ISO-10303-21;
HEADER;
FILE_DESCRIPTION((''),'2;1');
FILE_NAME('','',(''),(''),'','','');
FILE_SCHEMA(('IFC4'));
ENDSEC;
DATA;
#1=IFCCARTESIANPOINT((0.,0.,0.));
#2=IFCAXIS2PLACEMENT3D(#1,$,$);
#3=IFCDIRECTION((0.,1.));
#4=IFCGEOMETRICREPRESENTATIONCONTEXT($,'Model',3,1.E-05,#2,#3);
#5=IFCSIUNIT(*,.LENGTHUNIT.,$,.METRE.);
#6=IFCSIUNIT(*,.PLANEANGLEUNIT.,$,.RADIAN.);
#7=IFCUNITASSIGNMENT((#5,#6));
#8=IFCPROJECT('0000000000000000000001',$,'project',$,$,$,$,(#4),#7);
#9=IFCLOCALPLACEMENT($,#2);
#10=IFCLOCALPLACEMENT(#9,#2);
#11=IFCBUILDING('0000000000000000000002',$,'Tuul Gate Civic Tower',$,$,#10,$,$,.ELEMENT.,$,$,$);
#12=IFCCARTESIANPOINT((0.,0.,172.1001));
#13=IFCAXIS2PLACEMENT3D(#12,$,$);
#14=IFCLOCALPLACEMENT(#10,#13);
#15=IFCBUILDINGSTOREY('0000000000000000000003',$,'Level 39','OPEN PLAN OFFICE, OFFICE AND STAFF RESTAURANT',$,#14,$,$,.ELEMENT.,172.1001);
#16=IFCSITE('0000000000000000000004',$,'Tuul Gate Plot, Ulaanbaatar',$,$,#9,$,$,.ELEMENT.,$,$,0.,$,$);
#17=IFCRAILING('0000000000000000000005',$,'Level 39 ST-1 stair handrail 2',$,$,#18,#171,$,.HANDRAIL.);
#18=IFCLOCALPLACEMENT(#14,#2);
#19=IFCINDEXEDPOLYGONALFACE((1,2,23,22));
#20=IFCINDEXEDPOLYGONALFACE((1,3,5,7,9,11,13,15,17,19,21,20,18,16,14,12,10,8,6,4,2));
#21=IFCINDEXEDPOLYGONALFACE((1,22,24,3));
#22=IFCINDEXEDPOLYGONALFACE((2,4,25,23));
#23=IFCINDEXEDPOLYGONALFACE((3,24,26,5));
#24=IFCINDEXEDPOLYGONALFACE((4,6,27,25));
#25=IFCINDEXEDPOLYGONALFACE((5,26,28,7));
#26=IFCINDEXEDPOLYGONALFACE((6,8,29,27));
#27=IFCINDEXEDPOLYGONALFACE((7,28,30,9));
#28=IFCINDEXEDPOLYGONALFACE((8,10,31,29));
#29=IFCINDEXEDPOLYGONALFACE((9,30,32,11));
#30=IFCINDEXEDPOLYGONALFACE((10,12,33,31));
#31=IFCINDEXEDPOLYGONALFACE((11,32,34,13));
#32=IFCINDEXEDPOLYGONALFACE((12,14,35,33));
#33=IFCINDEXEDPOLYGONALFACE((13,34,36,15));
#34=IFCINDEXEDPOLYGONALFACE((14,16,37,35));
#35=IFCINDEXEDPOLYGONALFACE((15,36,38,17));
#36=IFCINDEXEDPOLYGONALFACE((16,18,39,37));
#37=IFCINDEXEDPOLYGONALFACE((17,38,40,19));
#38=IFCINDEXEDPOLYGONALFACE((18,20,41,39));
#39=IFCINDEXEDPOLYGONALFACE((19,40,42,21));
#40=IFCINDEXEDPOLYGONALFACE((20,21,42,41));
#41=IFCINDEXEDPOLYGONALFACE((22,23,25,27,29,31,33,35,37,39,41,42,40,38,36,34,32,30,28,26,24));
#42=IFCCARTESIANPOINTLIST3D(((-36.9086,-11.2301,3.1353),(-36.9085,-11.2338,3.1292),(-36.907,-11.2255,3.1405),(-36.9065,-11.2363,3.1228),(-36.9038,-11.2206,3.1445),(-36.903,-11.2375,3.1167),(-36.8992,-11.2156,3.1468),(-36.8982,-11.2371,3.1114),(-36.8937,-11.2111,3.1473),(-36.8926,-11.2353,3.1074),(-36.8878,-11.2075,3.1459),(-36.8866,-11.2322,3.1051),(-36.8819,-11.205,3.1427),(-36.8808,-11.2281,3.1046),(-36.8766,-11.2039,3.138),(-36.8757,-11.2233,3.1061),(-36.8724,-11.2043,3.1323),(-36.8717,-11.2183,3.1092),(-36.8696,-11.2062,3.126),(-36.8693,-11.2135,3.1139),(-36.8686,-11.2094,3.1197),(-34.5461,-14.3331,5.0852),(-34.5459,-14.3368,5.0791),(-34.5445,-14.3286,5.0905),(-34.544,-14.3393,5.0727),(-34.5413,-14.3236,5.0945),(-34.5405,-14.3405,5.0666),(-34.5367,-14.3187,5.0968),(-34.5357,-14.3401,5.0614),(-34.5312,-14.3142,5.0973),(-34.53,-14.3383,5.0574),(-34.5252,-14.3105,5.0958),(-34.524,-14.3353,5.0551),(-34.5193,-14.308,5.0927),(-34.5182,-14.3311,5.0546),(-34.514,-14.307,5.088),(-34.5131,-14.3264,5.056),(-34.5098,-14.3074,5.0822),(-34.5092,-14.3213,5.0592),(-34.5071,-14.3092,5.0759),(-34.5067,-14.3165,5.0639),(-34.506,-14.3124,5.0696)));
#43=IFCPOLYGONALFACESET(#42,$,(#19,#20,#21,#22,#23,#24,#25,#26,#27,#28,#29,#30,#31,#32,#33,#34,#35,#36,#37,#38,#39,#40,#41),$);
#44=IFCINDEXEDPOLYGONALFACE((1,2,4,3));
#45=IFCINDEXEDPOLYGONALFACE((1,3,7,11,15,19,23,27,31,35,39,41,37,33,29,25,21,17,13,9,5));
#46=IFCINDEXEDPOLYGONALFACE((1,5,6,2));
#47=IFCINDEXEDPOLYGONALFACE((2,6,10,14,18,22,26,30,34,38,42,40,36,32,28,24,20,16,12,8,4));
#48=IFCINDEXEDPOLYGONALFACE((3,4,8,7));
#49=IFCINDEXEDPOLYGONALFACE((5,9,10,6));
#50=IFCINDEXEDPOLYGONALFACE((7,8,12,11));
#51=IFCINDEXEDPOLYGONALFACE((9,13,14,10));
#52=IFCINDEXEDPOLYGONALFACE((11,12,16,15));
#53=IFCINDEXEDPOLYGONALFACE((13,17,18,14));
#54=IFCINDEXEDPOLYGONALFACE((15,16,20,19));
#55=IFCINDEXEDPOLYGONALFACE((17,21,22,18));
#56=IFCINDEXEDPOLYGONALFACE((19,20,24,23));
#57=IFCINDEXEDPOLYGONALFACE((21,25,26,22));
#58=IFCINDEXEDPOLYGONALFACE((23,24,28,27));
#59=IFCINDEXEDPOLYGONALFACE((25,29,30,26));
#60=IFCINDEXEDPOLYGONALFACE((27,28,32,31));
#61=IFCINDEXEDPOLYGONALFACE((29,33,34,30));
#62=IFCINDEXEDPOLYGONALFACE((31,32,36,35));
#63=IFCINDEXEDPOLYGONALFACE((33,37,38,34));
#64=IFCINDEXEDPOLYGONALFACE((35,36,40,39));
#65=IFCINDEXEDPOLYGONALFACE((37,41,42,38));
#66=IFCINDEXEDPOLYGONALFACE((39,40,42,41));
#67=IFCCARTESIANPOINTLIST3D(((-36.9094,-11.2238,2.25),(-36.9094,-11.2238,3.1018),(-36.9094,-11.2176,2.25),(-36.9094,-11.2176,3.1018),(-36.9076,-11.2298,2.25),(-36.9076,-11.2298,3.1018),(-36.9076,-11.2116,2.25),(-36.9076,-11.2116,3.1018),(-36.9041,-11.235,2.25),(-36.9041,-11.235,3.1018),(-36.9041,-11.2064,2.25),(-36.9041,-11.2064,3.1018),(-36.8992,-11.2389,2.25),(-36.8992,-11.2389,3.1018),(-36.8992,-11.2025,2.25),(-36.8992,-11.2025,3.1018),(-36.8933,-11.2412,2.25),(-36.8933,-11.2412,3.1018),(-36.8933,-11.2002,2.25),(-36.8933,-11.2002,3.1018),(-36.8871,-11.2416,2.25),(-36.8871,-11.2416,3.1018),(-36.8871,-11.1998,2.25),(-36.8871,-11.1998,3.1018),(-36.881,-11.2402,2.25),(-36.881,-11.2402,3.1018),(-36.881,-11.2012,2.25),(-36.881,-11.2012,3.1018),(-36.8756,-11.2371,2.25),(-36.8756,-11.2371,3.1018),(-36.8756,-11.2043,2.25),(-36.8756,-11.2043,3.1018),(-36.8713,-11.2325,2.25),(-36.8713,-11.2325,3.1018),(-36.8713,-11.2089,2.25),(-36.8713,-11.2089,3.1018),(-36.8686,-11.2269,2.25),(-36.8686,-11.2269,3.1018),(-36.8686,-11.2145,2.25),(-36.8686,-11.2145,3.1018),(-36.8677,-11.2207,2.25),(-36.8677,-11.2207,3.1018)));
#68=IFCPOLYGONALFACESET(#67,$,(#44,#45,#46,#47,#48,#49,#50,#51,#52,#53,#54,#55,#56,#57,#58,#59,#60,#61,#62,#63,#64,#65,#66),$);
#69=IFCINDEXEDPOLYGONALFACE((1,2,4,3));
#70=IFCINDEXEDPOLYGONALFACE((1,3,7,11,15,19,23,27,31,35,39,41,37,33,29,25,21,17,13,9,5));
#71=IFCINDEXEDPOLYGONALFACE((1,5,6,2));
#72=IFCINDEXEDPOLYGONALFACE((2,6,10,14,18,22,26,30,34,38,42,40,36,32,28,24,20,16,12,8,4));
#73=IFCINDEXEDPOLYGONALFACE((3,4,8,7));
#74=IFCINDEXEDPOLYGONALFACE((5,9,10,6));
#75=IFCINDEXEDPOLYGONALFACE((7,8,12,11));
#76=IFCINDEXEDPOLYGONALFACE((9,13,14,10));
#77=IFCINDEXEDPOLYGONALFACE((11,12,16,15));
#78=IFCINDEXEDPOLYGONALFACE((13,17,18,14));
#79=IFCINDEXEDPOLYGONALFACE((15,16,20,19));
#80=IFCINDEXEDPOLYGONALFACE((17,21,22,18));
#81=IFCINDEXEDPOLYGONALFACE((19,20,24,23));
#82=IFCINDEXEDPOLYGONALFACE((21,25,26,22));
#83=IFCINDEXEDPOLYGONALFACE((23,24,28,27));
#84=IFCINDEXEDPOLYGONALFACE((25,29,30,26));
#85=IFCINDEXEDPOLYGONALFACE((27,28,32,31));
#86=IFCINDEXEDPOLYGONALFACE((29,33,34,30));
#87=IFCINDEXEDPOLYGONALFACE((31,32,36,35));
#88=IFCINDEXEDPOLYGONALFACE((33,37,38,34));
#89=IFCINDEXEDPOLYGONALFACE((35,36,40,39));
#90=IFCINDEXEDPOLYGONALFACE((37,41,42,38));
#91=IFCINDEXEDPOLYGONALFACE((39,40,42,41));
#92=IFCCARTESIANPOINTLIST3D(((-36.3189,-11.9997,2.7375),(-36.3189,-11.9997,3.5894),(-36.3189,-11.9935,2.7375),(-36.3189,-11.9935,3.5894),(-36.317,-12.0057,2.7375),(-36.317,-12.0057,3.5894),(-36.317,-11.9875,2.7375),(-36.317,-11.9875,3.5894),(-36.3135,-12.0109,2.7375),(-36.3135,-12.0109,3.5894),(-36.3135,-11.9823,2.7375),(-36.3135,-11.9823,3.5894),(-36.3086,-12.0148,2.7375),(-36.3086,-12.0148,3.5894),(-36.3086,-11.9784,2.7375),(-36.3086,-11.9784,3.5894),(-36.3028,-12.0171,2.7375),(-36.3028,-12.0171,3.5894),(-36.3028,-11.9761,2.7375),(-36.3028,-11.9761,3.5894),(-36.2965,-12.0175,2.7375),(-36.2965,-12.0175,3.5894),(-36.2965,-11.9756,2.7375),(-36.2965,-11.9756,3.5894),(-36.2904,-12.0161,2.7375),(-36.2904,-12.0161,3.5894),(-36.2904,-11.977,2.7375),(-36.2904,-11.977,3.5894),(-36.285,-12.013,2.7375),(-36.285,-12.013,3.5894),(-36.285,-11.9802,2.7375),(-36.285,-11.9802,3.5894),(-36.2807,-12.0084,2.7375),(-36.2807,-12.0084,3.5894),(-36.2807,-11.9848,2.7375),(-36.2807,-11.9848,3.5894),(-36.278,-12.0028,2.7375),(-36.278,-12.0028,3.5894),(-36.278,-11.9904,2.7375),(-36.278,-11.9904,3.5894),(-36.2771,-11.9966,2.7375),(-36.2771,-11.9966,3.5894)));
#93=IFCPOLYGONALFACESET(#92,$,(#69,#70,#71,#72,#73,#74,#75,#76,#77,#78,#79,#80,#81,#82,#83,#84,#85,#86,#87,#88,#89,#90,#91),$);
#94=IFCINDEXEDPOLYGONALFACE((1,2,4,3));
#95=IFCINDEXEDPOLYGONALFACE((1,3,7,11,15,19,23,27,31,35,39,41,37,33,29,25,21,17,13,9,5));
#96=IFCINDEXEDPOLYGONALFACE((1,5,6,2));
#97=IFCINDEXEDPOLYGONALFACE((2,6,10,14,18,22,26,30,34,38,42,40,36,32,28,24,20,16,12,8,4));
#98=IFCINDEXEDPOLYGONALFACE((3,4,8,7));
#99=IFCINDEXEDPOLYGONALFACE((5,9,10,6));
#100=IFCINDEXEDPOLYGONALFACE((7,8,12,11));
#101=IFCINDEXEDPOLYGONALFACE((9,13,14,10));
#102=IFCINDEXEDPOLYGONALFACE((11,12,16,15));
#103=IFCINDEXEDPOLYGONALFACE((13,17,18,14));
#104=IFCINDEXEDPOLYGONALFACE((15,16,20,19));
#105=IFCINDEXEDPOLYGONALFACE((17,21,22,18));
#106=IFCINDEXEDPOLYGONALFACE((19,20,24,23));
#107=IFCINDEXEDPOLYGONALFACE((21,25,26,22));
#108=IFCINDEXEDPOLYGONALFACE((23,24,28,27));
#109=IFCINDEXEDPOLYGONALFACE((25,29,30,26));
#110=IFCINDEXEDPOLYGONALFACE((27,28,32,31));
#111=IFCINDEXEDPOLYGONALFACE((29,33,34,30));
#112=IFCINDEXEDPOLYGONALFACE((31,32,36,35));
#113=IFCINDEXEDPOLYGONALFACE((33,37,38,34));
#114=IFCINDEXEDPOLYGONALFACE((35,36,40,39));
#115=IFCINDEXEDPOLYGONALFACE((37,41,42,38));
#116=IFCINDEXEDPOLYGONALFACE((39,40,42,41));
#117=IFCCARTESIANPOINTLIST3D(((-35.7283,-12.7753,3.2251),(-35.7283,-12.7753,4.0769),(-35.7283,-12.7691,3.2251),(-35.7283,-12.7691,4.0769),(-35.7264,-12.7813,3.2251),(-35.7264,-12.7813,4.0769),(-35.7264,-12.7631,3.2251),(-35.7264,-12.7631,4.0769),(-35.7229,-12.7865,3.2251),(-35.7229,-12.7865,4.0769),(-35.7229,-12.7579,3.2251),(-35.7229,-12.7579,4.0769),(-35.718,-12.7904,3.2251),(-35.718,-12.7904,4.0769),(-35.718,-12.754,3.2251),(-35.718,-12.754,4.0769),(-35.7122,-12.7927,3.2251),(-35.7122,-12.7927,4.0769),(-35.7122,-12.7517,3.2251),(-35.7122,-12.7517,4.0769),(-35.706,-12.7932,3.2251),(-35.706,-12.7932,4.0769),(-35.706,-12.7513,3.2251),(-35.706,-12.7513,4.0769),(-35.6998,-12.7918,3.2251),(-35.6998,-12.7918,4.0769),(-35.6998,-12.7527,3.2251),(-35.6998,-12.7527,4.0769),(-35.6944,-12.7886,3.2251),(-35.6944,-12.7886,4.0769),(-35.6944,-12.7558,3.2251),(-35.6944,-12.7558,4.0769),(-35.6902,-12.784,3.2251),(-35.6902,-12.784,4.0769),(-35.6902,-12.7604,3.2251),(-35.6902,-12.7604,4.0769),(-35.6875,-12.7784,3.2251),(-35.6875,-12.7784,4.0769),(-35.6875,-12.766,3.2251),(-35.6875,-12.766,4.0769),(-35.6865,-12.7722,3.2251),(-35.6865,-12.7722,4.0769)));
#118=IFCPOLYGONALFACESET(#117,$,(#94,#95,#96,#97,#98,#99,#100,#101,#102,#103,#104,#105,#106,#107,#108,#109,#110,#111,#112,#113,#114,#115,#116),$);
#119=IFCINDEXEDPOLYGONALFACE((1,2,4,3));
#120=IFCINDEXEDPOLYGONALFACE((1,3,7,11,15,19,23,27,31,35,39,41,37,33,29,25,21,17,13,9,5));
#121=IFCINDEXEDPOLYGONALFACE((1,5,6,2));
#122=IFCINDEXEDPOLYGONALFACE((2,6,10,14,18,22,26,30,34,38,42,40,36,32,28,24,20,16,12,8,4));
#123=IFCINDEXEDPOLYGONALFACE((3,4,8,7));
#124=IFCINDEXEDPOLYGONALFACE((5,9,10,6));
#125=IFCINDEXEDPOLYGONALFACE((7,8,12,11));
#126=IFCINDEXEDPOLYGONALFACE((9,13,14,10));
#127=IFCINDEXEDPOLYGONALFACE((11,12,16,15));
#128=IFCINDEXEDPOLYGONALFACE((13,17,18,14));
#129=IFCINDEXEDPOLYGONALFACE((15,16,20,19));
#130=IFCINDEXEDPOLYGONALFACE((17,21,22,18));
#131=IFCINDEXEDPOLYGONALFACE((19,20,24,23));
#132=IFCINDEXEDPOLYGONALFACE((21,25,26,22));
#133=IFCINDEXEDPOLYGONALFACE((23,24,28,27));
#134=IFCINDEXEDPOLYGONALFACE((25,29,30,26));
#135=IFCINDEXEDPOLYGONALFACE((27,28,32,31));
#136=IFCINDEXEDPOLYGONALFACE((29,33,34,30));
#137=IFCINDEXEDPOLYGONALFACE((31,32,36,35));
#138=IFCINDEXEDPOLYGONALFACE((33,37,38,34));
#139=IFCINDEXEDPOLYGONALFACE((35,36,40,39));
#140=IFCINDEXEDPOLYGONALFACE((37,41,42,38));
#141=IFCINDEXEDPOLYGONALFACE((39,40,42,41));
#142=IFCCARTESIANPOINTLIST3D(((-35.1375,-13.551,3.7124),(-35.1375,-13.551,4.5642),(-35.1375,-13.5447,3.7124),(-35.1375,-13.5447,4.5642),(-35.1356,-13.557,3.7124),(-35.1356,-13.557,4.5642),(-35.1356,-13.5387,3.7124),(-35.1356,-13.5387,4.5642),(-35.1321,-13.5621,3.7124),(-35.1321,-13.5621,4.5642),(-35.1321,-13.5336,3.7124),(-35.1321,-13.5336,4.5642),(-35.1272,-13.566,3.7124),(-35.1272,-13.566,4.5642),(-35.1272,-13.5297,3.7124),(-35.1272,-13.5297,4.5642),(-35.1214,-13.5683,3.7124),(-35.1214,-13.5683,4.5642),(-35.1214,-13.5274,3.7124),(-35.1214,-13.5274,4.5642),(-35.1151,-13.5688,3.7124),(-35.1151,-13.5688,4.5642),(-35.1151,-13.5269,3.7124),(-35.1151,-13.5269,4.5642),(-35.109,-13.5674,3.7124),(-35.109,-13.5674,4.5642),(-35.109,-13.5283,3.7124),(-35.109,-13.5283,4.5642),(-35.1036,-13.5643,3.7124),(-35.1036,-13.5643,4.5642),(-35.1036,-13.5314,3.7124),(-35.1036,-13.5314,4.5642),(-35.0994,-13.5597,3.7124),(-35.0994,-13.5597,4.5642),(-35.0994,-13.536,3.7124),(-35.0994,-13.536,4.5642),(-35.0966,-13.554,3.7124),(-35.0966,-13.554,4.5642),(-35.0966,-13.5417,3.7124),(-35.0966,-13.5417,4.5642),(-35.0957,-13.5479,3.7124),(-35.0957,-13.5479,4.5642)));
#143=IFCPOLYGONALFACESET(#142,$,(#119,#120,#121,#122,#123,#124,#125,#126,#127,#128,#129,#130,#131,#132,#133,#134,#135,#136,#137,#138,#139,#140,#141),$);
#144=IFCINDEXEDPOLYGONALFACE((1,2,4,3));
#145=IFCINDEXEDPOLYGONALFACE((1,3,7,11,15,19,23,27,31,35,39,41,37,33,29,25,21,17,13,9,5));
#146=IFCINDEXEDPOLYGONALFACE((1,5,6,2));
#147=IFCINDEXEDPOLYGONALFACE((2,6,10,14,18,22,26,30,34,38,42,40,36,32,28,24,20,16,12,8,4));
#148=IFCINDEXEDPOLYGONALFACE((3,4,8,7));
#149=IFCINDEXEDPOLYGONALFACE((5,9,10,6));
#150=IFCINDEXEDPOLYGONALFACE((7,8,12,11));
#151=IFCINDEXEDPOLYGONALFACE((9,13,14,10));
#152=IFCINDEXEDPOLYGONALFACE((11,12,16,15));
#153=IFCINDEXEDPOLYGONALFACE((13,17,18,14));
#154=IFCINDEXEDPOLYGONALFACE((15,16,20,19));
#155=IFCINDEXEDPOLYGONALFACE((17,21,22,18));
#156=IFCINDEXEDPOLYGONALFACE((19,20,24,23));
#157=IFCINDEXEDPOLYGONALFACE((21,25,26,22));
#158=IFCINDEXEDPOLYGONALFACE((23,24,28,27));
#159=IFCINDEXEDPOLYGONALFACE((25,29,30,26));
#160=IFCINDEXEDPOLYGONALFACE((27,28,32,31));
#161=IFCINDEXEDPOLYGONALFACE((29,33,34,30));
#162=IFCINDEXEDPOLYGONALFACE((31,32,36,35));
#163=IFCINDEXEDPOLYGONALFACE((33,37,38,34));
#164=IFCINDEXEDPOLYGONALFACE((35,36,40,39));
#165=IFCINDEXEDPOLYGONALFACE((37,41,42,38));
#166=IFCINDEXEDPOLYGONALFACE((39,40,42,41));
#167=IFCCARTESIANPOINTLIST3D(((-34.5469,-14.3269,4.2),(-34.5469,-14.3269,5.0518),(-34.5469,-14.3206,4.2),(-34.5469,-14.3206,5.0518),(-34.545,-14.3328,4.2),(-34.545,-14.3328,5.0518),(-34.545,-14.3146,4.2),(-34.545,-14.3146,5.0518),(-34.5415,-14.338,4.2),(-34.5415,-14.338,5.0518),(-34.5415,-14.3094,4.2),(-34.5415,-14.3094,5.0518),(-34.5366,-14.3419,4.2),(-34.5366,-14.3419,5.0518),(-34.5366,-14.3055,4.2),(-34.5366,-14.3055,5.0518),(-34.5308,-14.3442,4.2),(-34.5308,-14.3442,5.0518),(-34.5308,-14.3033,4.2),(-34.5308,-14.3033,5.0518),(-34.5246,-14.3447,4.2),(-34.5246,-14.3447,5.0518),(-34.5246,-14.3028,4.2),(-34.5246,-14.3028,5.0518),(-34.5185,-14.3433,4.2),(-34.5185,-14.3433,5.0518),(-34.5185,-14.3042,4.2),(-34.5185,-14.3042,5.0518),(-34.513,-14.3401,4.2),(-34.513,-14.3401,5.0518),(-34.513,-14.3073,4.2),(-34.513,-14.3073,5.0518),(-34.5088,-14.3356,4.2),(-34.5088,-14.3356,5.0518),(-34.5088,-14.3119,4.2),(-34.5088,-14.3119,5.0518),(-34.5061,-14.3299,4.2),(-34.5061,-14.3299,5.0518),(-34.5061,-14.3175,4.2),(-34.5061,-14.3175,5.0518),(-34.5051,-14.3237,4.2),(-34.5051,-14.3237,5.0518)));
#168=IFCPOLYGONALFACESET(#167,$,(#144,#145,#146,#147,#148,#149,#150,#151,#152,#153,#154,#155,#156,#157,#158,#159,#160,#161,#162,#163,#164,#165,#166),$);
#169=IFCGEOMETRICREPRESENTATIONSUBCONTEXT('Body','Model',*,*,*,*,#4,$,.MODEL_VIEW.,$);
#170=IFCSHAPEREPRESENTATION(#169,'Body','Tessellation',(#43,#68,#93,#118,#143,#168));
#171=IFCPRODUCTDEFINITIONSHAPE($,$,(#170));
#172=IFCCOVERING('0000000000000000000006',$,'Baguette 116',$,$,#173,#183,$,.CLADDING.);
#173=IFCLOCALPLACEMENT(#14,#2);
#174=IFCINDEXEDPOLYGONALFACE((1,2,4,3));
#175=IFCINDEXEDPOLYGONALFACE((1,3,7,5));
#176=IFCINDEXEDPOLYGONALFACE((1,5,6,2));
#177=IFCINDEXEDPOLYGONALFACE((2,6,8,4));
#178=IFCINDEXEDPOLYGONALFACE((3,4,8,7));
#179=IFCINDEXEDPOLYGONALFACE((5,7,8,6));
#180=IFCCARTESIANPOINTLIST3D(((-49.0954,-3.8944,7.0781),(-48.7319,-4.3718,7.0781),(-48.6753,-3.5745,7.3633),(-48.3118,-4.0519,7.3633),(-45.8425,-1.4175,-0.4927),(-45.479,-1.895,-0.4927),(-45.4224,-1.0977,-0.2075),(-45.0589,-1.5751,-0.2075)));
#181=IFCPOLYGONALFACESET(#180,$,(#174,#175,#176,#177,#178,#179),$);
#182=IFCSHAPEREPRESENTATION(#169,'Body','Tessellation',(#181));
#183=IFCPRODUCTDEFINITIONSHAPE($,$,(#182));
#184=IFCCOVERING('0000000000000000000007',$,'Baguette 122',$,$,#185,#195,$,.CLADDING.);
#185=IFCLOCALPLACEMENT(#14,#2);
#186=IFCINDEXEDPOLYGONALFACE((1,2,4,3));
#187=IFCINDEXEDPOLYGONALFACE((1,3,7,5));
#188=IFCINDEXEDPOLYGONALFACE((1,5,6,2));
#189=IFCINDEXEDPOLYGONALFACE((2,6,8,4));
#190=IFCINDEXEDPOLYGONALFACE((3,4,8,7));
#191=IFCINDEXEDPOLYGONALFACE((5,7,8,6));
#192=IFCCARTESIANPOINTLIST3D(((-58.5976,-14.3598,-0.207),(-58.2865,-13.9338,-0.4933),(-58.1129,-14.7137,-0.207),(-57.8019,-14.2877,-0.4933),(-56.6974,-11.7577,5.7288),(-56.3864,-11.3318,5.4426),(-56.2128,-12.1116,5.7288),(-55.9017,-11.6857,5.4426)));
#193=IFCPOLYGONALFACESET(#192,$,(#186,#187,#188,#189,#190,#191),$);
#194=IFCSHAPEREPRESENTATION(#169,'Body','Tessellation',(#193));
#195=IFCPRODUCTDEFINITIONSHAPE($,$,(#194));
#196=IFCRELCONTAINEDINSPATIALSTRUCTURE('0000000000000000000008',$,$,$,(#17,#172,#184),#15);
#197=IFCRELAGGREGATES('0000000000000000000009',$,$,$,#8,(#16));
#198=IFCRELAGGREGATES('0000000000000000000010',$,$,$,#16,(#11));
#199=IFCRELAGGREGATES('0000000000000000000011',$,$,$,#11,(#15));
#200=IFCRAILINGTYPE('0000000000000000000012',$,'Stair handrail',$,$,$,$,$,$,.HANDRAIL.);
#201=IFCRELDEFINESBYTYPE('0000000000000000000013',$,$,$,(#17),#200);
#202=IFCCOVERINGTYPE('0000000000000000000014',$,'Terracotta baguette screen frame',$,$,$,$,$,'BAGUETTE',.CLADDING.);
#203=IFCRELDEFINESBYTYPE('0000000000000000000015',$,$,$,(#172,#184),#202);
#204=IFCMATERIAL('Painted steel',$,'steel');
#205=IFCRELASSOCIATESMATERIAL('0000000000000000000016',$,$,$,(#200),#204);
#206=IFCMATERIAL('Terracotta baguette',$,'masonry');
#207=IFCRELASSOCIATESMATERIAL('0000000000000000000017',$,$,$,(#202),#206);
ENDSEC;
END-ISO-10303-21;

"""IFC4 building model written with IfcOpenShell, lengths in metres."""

from ifc_helpers import new_model, si_unit, direction, frame, origin, origin_2d, place, context, subcontext, project, spatial, rectangle, circle, extrude, material, material_profile, profile_set, type_object, element, save


model = new_model("IFC4")

# Units and contexts
model_context = context("Model", 3, precision=1e-05, world=origin(), true_north=direction((0.0, 1.0)))
body_context = subcontext(model_context, "Body", "Model", "MODEL_VIEW")
ifc_project = project(units=[si_unit("LENGTHUNIT", "METRE"), si_unit("PLANEANGLEUNIT", "RADIAN")], contexts=[model_context])

# Site, building, storey
site_placement = place(None, origin())
site = spatial("IfcSite", under=ifc_project, at=site_placement, Name="Tuul Gate Plot, Ulaanbaatar", CompositionType="ELEMENT", RefElevation=0.0)
building_placement = place(site_placement, origin())
building = spatial("IfcBuilding", under=site, at=building_placement, Name="Tuul Gate Civic Tower", CompositionType="ELEMENT")
storey_placement = place(building_placement, frame((0.0, 0.0, 172.1001)))
storey = spatial("IfcBuildingStorey", under=building, at=storey_placement, Name="Level 39", Description="OPEN PLAN OFFICE, OFFICE AND STAFF RESTAURANT", CompositionType="ELEMENT", Elevation=172.1001)

# Railing
ifc_material_1 = material(Name="Painted steel", Category="steel")
railing_type = type_object("IfcRailingType", Name="Stair handrail", PredefinedType="HANDRAIL", material=ifc_material_1)
railing_placement = place(storey_placement, frame((-36.8887, -11.2207, 2.25)))
element("IfcRailing", 1, at=railing_placement, inside=storey, type_object=railing_type, Name="Level 39 ST-1 stair handrail 2", PredefinedType="HANDRAIL", context=body_context, shape_type="SweptSolid", body=[
    extrude(circle(Radius=0.0239, at=origin_2d()), frame((0.0, 0.0, 0.876), z_axis=(0.541824, -0.711645, 0.4472), x_axis=(0.795637, 0.605773, 0.0)), (0.0, 0.0, 1.0), 4.3604),
    extrude(circle(Radius=0.021, at=origin_2d()), origin(), (0.0, 0.0, 1.0), 0.8518),
    extrude(circle(Radius=0.021, at=origin_2d()), frame((0.5906, -0.7759, 0.4875)), (0.0, 0.0, 1.0), 0.8518),
    extrude(circle(Radius=0.021, at=origin_2d()), frame((1.1812, -1.5515, 0.9751)), (0.0, 0.0, 1.0), 0.8518),
    extrude(circle(Radius=0.021, at=origin_2d()), frame((1.772, -2.3271, 1.4624)), (0.0, 0.0, 1.0), 0.8518),
    extrude(circle(Radius=0.021, at=origin_2d()), frame((2.3625, -3.103, 1.95)), (0.0, 0.0, 1.0), 0.8518),
])

# Coverings
ifc_material_2 = material(Name="Terracotta baguette", Category="masonry")
ifc_material_profile_1 = material_profile(ifc_material_2, rectangle(XDim=0.6001, YDim=0.6001, at=origin_2d()), Name="Terracotta baguette screen frame")
ifc_profile_set_1 = profile_set([ifc_material_profile_1], Name="Terracotta baguette")
covering_type = type_object("IfcCoveringType", Name="Terracotta baguette screen frame", ElementType="BAGUETTE", PredefinedType="CLADDING", material=ifc_profile_set_1)
covering_1_placement = place(storey_placement, frame((-48.7036, -3.9731, 7.2207), z_axis=(0.378061, 0.287858, -0.879891), x_axis=(-0.605793, 0.795622, 0.0)))
element("IfcCovering", 2, at=covering_1_placement, inside=storey, type_object=covering_type, Name="Baguette 116", PredefinedType="CLADDING", context=body_context, shape_type="SweptSolid", body=[
    extrude(rectangle(XDim=0.6001, YDim=0.6001, at=origin_2d()), origin(), (0.0, 0.0, 1.0), 8.6042),
])
covering_2_placement = place(storey_placement, frame((-56.2996, -11.7217, 5.5857), z_axis=(-0.281342, -0.385268, -0.878872), x_axis=(0.807591, -0.589743, 0.0)))
element("IfcCovering", 3, at=covering_2_placement, inside=storey, type_object=covering_type, Name="Baguette 122", PredefinedType="CLADDING", context=body_context, shape_type="SweptSolid", body=[
    extrude(rectangle(XDim=0.6001, YDim=0.6001, at=origin_2d()), origin(), (0.0, 0.0, 1.0), 6.7539),
])

save(model, "model.ifc")
